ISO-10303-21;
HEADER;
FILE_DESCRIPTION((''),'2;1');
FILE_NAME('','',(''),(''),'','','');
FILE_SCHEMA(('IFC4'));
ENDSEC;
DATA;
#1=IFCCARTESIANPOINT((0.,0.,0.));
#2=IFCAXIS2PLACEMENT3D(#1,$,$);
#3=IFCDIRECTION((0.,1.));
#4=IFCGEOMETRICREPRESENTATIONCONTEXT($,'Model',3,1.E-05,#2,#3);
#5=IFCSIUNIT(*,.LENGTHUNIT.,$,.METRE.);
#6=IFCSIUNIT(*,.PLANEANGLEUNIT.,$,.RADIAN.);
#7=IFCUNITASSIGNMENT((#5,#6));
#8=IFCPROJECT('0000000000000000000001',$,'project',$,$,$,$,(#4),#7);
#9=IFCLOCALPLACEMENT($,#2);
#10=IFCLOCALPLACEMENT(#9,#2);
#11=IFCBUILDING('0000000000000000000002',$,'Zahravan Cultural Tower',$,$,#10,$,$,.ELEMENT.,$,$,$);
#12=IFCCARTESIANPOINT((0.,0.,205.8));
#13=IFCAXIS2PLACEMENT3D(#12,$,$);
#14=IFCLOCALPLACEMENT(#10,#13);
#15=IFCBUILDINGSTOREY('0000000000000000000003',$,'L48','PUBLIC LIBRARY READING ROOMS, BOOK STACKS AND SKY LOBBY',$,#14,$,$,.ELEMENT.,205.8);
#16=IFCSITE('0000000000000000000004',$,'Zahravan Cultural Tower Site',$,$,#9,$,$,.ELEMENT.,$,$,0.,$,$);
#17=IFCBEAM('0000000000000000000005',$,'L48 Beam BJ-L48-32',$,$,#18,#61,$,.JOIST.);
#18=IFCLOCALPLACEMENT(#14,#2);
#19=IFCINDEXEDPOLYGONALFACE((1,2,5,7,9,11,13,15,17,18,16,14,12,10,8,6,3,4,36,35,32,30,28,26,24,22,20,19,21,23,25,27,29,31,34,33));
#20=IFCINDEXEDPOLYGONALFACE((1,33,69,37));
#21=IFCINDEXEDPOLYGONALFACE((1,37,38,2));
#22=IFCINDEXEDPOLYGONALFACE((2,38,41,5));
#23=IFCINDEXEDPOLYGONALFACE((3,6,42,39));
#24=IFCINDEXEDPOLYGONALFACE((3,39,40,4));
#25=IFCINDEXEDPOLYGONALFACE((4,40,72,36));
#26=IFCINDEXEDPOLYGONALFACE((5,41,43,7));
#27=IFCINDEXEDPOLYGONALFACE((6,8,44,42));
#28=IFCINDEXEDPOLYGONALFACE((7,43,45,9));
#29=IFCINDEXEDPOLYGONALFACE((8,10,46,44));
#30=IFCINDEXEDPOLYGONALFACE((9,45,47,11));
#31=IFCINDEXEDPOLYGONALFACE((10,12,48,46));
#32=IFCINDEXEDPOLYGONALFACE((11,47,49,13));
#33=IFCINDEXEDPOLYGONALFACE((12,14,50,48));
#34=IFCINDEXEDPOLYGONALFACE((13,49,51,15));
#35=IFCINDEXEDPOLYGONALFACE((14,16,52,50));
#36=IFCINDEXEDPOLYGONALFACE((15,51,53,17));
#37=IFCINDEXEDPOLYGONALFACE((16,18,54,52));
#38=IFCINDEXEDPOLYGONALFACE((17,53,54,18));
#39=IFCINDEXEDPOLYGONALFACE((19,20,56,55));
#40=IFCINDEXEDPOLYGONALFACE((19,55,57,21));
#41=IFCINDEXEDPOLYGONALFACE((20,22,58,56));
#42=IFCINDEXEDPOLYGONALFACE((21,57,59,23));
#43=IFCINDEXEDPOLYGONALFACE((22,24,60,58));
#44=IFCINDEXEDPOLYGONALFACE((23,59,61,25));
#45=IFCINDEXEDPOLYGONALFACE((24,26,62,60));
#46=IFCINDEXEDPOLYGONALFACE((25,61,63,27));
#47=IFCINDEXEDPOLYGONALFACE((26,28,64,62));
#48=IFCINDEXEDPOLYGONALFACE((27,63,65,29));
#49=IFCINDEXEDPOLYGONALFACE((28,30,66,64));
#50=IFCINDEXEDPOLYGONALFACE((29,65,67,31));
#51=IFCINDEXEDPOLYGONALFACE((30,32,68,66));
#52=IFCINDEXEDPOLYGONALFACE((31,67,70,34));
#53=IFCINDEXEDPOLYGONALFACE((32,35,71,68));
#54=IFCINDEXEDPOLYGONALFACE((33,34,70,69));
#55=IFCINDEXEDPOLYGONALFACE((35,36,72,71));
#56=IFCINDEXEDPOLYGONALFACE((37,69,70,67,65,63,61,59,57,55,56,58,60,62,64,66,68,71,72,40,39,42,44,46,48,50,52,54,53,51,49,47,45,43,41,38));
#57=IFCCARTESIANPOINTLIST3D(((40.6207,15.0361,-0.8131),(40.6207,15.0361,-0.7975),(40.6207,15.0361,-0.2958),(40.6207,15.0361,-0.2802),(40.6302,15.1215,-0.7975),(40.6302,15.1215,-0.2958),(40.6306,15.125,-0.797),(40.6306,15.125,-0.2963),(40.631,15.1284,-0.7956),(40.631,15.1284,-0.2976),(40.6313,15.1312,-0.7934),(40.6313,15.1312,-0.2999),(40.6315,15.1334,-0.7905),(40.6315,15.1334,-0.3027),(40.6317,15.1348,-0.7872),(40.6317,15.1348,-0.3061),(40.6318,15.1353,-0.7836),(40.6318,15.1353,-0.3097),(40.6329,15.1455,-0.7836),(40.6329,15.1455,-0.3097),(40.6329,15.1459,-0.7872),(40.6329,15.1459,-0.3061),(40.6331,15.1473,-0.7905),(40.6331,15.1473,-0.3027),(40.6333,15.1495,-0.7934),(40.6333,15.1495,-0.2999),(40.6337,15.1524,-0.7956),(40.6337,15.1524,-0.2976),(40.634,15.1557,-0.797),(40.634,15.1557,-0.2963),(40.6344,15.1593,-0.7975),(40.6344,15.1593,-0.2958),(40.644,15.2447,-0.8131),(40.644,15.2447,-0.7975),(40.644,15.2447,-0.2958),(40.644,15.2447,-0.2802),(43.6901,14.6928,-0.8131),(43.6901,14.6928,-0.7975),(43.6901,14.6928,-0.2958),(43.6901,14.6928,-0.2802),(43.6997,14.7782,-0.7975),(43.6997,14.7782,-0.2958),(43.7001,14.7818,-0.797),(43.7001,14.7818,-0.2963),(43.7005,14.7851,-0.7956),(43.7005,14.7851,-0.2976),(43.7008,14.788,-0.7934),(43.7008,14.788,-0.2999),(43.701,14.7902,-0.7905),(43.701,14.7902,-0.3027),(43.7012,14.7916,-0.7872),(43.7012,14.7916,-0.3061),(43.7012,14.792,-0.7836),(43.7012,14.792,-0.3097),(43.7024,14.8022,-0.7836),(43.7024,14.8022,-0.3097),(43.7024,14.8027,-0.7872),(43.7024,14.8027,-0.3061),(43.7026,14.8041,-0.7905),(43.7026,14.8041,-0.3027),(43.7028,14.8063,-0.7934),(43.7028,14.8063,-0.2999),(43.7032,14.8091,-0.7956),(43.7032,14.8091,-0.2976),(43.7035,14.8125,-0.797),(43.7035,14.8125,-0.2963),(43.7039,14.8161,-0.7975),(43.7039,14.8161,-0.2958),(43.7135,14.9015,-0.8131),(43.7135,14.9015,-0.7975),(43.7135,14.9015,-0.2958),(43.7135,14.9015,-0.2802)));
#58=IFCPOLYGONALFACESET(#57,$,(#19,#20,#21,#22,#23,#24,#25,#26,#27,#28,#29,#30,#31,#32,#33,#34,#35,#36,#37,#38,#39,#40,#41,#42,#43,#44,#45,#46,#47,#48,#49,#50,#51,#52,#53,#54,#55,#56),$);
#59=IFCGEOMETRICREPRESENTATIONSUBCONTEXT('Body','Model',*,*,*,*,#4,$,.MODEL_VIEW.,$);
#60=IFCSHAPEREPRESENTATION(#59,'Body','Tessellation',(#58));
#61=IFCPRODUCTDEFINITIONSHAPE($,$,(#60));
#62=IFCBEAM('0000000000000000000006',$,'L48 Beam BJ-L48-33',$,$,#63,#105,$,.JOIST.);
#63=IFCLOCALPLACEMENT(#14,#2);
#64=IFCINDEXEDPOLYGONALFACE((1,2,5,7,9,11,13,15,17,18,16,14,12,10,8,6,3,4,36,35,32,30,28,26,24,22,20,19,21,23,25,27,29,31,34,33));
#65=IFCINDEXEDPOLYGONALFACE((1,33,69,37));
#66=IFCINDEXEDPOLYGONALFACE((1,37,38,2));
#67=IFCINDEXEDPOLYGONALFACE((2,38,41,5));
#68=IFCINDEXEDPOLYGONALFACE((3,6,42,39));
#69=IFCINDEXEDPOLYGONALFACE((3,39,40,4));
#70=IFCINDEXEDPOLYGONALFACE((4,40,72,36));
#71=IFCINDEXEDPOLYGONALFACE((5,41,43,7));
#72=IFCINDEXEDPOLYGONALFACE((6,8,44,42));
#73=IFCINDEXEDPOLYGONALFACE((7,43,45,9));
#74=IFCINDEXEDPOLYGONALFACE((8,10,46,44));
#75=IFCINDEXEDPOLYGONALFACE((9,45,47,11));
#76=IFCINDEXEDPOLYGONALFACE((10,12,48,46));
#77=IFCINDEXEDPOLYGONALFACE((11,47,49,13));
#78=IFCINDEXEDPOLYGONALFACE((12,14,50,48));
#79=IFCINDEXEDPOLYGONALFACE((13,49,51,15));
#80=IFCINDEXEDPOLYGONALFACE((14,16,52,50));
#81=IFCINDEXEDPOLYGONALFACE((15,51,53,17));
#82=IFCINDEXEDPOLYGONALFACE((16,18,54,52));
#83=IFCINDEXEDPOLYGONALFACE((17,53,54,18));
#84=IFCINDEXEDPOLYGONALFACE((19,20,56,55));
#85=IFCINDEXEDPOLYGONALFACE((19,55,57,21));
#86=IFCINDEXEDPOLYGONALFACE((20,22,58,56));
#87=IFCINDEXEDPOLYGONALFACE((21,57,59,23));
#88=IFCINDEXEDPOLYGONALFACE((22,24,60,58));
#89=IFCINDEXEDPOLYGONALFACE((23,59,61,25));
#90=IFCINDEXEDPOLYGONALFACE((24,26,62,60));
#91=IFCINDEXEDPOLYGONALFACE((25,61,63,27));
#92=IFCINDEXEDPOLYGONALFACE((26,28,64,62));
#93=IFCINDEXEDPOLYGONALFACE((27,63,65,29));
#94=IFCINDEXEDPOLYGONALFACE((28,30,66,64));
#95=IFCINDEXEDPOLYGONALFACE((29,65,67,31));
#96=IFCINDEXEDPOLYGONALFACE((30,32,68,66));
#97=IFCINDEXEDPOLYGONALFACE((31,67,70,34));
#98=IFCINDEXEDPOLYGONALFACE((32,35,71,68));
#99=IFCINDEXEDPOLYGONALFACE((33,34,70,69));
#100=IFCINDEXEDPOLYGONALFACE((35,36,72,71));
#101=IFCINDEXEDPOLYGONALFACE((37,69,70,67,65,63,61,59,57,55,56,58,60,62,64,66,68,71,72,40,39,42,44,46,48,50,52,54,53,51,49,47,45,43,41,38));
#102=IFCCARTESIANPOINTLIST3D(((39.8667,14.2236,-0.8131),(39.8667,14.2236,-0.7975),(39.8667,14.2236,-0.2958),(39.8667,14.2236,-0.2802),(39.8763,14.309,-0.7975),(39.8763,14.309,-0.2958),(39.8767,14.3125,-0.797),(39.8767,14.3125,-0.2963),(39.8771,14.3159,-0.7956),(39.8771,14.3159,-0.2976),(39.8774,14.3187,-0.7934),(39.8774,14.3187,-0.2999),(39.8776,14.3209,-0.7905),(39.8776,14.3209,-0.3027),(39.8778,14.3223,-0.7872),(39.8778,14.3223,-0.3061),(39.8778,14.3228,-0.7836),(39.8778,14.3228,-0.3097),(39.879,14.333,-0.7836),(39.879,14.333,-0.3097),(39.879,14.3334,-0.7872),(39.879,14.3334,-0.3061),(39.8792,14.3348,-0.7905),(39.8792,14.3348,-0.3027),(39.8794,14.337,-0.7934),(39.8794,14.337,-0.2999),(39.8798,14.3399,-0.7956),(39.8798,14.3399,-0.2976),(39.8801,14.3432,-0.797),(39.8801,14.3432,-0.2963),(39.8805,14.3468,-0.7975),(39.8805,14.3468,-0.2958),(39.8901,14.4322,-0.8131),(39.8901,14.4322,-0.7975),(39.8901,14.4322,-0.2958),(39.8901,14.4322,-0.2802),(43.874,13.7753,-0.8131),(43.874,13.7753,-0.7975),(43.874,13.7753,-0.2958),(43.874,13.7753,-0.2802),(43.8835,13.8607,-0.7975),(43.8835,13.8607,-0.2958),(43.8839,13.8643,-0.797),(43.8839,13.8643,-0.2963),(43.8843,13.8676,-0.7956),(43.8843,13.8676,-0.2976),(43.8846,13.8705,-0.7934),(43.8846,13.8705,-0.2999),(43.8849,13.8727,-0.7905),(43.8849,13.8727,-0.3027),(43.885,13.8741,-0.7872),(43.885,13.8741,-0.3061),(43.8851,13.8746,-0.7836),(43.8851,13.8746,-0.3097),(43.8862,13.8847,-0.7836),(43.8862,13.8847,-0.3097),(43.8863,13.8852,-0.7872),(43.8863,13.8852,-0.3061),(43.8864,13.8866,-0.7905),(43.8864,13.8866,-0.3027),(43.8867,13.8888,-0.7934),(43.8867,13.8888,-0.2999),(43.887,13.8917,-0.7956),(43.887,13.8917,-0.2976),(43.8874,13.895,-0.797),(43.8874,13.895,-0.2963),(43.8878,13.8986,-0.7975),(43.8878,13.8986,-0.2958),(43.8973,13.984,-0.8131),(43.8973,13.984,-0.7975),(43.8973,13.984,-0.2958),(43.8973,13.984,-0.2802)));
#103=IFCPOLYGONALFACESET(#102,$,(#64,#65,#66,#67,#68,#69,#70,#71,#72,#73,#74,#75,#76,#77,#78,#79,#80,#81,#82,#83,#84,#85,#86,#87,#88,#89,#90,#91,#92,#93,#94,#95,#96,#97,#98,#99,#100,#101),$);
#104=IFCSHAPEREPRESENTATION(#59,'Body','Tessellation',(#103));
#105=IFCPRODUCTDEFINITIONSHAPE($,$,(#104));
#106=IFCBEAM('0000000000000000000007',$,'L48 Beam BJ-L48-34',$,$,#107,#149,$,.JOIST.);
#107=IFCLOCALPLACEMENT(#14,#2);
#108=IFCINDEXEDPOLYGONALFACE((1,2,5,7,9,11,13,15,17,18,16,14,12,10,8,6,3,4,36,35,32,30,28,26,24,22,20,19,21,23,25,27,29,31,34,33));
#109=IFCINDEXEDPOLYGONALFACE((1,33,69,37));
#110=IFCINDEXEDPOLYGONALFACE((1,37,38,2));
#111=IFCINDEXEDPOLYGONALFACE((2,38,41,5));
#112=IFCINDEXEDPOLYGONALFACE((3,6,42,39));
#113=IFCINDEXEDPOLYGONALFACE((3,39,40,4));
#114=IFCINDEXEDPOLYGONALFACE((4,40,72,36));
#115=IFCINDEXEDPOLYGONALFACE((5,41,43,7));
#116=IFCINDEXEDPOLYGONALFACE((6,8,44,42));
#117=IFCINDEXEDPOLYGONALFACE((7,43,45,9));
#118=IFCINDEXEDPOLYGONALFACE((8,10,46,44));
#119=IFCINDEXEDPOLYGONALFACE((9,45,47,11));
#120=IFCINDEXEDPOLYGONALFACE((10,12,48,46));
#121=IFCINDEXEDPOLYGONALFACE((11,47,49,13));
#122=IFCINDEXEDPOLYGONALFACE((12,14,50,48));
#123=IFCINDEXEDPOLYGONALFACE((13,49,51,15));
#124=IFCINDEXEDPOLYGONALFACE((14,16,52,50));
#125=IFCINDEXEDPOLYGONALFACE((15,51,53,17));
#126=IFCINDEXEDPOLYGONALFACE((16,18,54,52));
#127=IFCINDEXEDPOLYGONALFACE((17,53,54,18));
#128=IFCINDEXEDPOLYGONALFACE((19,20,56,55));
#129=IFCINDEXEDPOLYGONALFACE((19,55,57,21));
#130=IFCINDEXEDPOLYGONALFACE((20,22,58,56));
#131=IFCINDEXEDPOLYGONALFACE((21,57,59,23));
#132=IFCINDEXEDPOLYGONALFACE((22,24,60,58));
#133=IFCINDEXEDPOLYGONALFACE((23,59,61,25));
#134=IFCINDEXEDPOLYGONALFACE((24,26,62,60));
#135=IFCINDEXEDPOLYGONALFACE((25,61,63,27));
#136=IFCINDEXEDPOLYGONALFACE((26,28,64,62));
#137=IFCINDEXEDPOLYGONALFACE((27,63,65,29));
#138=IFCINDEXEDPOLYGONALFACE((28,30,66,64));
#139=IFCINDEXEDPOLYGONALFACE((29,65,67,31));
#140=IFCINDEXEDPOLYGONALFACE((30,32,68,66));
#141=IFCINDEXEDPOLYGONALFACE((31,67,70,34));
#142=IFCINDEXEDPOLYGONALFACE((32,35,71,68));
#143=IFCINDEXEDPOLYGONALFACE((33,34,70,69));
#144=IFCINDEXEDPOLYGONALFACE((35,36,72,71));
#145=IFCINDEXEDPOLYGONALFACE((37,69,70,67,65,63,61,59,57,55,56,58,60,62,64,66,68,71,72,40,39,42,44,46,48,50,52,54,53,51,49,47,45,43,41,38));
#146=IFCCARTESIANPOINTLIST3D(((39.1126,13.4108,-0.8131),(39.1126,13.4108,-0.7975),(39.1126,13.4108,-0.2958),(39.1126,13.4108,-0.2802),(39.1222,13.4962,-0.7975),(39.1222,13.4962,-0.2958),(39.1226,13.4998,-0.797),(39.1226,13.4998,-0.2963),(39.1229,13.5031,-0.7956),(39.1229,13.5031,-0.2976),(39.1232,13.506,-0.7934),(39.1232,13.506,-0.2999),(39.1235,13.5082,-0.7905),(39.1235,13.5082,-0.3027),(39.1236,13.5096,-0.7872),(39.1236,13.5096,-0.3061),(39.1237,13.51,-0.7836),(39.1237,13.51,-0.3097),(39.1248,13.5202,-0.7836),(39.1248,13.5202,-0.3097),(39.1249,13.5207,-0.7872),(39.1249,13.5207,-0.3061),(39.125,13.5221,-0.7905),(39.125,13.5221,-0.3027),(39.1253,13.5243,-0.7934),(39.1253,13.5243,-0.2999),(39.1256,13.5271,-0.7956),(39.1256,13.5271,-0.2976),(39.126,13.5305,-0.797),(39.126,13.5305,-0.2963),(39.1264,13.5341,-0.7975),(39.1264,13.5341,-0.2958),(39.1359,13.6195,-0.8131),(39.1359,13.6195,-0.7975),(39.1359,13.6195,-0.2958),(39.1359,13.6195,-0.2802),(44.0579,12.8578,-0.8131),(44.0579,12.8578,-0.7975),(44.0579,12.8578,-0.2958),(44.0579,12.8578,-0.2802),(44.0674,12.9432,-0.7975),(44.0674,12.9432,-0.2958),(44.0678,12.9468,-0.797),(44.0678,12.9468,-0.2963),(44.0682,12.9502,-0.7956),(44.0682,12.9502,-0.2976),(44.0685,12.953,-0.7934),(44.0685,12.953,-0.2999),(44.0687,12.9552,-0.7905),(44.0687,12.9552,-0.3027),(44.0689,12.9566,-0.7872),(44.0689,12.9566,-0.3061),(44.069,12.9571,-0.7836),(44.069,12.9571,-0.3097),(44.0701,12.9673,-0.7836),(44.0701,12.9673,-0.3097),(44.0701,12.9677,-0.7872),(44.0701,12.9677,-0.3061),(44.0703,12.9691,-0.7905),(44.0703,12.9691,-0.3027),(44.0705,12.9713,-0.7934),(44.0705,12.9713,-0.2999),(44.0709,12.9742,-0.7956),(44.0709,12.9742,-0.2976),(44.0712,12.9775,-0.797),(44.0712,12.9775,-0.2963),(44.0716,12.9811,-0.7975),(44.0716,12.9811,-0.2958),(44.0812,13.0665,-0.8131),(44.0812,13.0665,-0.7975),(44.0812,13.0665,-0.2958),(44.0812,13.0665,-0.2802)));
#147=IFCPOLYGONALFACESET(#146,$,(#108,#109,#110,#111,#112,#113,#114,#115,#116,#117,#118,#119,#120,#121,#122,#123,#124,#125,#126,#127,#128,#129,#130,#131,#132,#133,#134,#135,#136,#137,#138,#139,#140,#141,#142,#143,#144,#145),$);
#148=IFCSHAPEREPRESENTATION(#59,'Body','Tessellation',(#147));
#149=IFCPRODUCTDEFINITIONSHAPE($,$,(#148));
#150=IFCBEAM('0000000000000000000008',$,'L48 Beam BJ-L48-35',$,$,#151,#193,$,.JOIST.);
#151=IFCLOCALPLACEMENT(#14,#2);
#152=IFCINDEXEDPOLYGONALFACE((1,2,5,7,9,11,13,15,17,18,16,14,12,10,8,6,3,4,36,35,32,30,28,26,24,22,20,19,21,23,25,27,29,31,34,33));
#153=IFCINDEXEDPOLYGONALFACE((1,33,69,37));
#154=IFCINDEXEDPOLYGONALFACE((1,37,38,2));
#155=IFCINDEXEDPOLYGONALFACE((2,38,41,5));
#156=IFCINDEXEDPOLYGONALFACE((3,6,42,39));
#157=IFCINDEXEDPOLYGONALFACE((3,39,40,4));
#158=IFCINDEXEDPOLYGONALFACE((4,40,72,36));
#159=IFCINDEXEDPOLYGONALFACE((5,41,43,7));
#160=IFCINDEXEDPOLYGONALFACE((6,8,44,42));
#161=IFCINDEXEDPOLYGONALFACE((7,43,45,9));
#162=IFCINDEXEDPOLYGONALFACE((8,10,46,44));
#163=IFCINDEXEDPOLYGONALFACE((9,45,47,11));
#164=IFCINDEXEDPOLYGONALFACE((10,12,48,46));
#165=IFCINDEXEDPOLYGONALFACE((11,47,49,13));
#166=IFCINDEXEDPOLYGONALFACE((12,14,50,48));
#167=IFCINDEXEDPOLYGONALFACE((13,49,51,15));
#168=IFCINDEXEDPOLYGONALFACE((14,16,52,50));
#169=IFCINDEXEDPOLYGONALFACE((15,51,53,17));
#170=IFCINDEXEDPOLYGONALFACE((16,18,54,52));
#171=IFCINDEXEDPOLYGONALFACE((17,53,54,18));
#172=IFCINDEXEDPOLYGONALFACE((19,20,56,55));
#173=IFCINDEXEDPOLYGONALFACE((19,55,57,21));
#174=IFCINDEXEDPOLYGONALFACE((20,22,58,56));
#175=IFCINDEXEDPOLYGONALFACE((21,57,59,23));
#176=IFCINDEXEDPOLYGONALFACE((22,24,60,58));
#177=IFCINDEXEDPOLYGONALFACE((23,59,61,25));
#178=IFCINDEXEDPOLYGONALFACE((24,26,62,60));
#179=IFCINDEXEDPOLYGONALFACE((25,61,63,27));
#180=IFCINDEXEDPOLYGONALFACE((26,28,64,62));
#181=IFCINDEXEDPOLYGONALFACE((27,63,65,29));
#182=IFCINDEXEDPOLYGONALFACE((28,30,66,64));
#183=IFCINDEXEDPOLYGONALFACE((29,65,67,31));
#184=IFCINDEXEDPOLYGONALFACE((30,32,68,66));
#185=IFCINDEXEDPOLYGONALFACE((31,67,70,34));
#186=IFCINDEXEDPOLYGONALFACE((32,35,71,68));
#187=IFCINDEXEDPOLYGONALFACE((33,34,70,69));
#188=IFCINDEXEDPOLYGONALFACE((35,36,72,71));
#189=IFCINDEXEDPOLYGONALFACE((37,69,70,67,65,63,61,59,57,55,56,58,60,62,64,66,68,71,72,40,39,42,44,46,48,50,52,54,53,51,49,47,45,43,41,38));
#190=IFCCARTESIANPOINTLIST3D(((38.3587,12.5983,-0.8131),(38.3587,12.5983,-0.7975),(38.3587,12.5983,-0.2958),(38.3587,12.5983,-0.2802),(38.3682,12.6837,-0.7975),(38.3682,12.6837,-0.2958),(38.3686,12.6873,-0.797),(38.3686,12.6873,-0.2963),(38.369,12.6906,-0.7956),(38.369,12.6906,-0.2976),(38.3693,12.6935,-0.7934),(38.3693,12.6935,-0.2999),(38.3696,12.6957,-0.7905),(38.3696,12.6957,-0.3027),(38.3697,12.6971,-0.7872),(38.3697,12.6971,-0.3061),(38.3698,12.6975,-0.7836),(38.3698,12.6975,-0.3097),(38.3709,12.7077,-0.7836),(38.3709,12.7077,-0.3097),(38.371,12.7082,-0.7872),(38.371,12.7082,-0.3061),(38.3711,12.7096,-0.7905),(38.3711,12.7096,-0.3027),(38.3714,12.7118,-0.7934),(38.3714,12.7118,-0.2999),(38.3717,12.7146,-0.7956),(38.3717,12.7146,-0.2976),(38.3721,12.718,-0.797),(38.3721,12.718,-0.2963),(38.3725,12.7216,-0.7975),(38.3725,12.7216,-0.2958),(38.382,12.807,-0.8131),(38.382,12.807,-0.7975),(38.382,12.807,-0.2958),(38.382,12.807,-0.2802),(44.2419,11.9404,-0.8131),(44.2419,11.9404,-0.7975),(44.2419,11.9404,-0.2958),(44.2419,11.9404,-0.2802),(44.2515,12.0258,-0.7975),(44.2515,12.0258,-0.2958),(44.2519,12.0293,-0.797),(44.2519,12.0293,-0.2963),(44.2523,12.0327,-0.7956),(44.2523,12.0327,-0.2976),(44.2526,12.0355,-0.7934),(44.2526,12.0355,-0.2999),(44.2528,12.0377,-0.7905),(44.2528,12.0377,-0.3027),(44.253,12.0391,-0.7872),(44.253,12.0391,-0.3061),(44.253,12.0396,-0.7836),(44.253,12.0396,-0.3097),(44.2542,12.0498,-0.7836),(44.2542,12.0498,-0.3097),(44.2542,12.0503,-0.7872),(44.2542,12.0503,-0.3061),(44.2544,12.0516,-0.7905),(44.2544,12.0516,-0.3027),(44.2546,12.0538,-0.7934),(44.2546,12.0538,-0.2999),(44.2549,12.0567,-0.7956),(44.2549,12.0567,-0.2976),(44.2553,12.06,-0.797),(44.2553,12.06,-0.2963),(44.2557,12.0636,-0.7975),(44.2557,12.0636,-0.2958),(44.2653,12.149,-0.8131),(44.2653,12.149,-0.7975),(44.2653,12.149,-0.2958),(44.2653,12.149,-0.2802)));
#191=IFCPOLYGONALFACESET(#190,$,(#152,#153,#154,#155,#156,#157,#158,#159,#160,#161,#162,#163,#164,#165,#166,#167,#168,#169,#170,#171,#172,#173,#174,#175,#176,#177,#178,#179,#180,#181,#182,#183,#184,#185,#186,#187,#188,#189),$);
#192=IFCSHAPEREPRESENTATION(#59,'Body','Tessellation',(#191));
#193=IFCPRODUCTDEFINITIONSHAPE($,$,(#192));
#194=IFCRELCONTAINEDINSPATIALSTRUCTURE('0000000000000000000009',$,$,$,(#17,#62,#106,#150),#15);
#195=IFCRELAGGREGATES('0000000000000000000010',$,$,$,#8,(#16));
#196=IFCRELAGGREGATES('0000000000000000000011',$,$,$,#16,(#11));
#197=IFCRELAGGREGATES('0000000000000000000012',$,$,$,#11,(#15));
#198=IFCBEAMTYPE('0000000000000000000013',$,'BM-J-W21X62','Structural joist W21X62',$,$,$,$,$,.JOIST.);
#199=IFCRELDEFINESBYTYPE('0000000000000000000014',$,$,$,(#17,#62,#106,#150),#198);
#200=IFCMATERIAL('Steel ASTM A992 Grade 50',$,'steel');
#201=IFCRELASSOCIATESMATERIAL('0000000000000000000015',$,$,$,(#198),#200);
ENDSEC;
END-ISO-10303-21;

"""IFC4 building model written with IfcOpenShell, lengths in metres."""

from ifc_helpers import new_model, si_unit, direction, frame, origin, origin_2d, place, context, subcontext, project, spatial, i_section, extrude, source, transform, mapped, material, material_profile, profile_set, type_object, element, save


model = new_model("IFC4")

# Units and contexts
model_context = context("Model", 3, precision=1e-05, world=origin(), true_north=direction((0.0, 1.0)))
body_context = subcontext(model_context, "Body", "Model", "MODEL_VIEW")
ifc_project = project(units=[si_unit("LENGTHUNIT", "METRE"), si_unit("PLANEANGLEUNIT", "RADIAN")], contexts=[model_context])

# Site, building, storey
site_placement = place(None, origin())
site = spatial("IfcSite", under=ifc_project, at=site_placement, Name="Zahravan Cultural Tower Site", CompositionType="ELEMENT", RefElevation=0.0)
building_placement = place(site_placement, origin())
building = spatial("IfcBuilding", under=site, at=building_placement, Name="Zahravan Cultural Tower", CompositionType="ELEMENT")
storey_placement = place(building_placement, frame((0.0, 0.0, 205.8)))
storey = spatial("IfcBuildingStorey", under=building, at=storey_placement, Name="L48", Description="PUBLIC LIBRARY READING ROOMS, BOOK STACKS AND SKY LOBBY", CompositionType="ELEMENT", Elevation=205.8)

# Shared definitions
ifc_material_1 = material(Name="Steel ASTM A992 Grade 50", Category="steel")

# Beams
ifc_material_profile_1 = material_profile(ifc_material_1, i_section(OverallWidth=0.21, OverallDepth=0.533, WebThickness=0.0103, FlangeThickness=0.0156, FilletRadius=0.0139, at=origin_2d()), Name="W21X62")
ifc_profile_set_1 = profile_set([ifc_material_profile_1], Name="Steel ASTM A992 Grade 50")
beam_type_1 = type_object("IfcBeamType", Name="BM-J-W21X62", Description="Structural joist W21X62", PredefinedType="JOIST", material=ifc_profile_set_1)
shared_shape_1 = source(origin(), body_context, "Body", "SweptSolid", [
    extrude(i_section(OverallWidth=0.21, OverallDepth=0.533, WebThickness=0.0103, FlangeThickness=0.0156, FilletRadius=0.0139, at=origin_2d()), origin(), (0.0, 0.0, 1.0), 3.0886),
])
beam_1_placement = place(storey_placement, frame((40.6323, 15.1404, -0.5466), z_axis=(0.993805, -0.111134, 0.0), x_axis=(0.111134, 0.993805, 0.0)))
element("IfcBeam", 1, at=beam_1_placement, inside=storey, type_object=beam_type_1, Name="L48 Beam BJ-L48-32", PredefinedType="JOIST", context=body_context, shape_type="MappedRepresentation", body=[
    mapped(shared_shape_1, transform((0.0, 0.0, 0.0), x_axis=(1.0, 0.0, 0.0), y_axis=(0.0, 1.0, 0.0), z_axis=(0.0, 0.0, 1.0), scale=1.0)),
])
shared_shape_2 = source(origin(), body_context, "Body", "SweptSolid", [
    extrude(i_section(OverallWidth=0.21, OverallDepth=0.533, WebThickness=0.0103, FlangeThickness=0.0156, FilletRadius=0.0139, at=origin_2d()), origin(), (0.0, 0.0, 1.0), 4.0322),
])
beam_2_placement = place(storey_placement, frame((39.8784, 14.3279, -0.5466), z_axis=(0.993802, -0.111162, 0.0), x_axis=(0.111162, 0.993802, 0.0)))
element("IfcBeam", 2, at=beam_2_placement, inside=storey, type_object=beam_type_1, Name="L48 Beam BJ-L48-33", PredefinedType="JOIST", context=body_context, shape_type="MappedRepresentation", body=[
    mapped(shared_shape_2, transform((0.0, 0.0, 0.0), x_axis=(1.0, 0.0, 0.0), y_axis=(0.0, 1.0, 0.0), z_axis=(0.0, 0.0, 1.0), scale=1.0)),
])
shared_shape_3 = source(origin(), body_context, "Body", "SweptSolid", [
    extrude(i_section(OverallWidth=0.21, OverallDepth=0.533, WebThickness=0.0103, FlangeThickness=0.0156, FilletRadius=0.0139, at=origin_2d()), origin(), (0.0, 0.0, 1.0), 4.9761),
])
beam_3_placement = place(storey_placement, frame((39.1243, 13.5151, -0.5466), z_axis=(0.993806, -0.111126, 0.0), x_axis=(0.111126, 0.993806, 0.0)))
element("IfcBeam", 3, at=beam_3_placement, inside=storey, type_object=beam_type_1, Name="L48 Beam BJ-L48-34", PredefinedType="JOIST", context=body_context, shape_type="MappedRepresentation", body=[
    mapped(shared_shape_3, transform((0.0, 0.0, 0.0), x_axis=(1.0, 0.0, 0.0), y_axis=(0.0, 1.0, 0.0), z_axis=(0.0, 0.0, 1.0), scale=1.0)),
])
shared_shape_4 = source(origin(), body_context, "Body", "SweptSolid", [
    extrude(i_section(OverallWidth=0.21, OverallDepth=0.533, WebThickness=0.0103, FlangeThickness=0.0156, FilletRadius=0.0139, at=origin_2d()), origin(), (0.0, 0.0, 1.0), 5.9199),
])
beam_4_placement = place(storey_placement, frame((38.3704, 12.7026, -0.5466), z_axis=(0.993805, -0.111142, 0.0), x_axis=(0.111142, 0.993805, 0.0)))
element("IfcBeam", 4, at=beam_4_placement, inside=storey, type_object=beam_type_1, Name="L48 Beam BJ-L48-35", PredefinedType="JOIST", context=body_context, shape_type="MappedRepresentation", body=[
    mapped(shared_shape_4, transform((0.0, 0.0, 0.0), x_axis=(1.0, 0.0, 0.0), y_axis=(0.0, 1.0, 0.0), z_axis=(0.0, 0.0, 1.0), scale=1.0)),
])

save(model, "model.ifc")
